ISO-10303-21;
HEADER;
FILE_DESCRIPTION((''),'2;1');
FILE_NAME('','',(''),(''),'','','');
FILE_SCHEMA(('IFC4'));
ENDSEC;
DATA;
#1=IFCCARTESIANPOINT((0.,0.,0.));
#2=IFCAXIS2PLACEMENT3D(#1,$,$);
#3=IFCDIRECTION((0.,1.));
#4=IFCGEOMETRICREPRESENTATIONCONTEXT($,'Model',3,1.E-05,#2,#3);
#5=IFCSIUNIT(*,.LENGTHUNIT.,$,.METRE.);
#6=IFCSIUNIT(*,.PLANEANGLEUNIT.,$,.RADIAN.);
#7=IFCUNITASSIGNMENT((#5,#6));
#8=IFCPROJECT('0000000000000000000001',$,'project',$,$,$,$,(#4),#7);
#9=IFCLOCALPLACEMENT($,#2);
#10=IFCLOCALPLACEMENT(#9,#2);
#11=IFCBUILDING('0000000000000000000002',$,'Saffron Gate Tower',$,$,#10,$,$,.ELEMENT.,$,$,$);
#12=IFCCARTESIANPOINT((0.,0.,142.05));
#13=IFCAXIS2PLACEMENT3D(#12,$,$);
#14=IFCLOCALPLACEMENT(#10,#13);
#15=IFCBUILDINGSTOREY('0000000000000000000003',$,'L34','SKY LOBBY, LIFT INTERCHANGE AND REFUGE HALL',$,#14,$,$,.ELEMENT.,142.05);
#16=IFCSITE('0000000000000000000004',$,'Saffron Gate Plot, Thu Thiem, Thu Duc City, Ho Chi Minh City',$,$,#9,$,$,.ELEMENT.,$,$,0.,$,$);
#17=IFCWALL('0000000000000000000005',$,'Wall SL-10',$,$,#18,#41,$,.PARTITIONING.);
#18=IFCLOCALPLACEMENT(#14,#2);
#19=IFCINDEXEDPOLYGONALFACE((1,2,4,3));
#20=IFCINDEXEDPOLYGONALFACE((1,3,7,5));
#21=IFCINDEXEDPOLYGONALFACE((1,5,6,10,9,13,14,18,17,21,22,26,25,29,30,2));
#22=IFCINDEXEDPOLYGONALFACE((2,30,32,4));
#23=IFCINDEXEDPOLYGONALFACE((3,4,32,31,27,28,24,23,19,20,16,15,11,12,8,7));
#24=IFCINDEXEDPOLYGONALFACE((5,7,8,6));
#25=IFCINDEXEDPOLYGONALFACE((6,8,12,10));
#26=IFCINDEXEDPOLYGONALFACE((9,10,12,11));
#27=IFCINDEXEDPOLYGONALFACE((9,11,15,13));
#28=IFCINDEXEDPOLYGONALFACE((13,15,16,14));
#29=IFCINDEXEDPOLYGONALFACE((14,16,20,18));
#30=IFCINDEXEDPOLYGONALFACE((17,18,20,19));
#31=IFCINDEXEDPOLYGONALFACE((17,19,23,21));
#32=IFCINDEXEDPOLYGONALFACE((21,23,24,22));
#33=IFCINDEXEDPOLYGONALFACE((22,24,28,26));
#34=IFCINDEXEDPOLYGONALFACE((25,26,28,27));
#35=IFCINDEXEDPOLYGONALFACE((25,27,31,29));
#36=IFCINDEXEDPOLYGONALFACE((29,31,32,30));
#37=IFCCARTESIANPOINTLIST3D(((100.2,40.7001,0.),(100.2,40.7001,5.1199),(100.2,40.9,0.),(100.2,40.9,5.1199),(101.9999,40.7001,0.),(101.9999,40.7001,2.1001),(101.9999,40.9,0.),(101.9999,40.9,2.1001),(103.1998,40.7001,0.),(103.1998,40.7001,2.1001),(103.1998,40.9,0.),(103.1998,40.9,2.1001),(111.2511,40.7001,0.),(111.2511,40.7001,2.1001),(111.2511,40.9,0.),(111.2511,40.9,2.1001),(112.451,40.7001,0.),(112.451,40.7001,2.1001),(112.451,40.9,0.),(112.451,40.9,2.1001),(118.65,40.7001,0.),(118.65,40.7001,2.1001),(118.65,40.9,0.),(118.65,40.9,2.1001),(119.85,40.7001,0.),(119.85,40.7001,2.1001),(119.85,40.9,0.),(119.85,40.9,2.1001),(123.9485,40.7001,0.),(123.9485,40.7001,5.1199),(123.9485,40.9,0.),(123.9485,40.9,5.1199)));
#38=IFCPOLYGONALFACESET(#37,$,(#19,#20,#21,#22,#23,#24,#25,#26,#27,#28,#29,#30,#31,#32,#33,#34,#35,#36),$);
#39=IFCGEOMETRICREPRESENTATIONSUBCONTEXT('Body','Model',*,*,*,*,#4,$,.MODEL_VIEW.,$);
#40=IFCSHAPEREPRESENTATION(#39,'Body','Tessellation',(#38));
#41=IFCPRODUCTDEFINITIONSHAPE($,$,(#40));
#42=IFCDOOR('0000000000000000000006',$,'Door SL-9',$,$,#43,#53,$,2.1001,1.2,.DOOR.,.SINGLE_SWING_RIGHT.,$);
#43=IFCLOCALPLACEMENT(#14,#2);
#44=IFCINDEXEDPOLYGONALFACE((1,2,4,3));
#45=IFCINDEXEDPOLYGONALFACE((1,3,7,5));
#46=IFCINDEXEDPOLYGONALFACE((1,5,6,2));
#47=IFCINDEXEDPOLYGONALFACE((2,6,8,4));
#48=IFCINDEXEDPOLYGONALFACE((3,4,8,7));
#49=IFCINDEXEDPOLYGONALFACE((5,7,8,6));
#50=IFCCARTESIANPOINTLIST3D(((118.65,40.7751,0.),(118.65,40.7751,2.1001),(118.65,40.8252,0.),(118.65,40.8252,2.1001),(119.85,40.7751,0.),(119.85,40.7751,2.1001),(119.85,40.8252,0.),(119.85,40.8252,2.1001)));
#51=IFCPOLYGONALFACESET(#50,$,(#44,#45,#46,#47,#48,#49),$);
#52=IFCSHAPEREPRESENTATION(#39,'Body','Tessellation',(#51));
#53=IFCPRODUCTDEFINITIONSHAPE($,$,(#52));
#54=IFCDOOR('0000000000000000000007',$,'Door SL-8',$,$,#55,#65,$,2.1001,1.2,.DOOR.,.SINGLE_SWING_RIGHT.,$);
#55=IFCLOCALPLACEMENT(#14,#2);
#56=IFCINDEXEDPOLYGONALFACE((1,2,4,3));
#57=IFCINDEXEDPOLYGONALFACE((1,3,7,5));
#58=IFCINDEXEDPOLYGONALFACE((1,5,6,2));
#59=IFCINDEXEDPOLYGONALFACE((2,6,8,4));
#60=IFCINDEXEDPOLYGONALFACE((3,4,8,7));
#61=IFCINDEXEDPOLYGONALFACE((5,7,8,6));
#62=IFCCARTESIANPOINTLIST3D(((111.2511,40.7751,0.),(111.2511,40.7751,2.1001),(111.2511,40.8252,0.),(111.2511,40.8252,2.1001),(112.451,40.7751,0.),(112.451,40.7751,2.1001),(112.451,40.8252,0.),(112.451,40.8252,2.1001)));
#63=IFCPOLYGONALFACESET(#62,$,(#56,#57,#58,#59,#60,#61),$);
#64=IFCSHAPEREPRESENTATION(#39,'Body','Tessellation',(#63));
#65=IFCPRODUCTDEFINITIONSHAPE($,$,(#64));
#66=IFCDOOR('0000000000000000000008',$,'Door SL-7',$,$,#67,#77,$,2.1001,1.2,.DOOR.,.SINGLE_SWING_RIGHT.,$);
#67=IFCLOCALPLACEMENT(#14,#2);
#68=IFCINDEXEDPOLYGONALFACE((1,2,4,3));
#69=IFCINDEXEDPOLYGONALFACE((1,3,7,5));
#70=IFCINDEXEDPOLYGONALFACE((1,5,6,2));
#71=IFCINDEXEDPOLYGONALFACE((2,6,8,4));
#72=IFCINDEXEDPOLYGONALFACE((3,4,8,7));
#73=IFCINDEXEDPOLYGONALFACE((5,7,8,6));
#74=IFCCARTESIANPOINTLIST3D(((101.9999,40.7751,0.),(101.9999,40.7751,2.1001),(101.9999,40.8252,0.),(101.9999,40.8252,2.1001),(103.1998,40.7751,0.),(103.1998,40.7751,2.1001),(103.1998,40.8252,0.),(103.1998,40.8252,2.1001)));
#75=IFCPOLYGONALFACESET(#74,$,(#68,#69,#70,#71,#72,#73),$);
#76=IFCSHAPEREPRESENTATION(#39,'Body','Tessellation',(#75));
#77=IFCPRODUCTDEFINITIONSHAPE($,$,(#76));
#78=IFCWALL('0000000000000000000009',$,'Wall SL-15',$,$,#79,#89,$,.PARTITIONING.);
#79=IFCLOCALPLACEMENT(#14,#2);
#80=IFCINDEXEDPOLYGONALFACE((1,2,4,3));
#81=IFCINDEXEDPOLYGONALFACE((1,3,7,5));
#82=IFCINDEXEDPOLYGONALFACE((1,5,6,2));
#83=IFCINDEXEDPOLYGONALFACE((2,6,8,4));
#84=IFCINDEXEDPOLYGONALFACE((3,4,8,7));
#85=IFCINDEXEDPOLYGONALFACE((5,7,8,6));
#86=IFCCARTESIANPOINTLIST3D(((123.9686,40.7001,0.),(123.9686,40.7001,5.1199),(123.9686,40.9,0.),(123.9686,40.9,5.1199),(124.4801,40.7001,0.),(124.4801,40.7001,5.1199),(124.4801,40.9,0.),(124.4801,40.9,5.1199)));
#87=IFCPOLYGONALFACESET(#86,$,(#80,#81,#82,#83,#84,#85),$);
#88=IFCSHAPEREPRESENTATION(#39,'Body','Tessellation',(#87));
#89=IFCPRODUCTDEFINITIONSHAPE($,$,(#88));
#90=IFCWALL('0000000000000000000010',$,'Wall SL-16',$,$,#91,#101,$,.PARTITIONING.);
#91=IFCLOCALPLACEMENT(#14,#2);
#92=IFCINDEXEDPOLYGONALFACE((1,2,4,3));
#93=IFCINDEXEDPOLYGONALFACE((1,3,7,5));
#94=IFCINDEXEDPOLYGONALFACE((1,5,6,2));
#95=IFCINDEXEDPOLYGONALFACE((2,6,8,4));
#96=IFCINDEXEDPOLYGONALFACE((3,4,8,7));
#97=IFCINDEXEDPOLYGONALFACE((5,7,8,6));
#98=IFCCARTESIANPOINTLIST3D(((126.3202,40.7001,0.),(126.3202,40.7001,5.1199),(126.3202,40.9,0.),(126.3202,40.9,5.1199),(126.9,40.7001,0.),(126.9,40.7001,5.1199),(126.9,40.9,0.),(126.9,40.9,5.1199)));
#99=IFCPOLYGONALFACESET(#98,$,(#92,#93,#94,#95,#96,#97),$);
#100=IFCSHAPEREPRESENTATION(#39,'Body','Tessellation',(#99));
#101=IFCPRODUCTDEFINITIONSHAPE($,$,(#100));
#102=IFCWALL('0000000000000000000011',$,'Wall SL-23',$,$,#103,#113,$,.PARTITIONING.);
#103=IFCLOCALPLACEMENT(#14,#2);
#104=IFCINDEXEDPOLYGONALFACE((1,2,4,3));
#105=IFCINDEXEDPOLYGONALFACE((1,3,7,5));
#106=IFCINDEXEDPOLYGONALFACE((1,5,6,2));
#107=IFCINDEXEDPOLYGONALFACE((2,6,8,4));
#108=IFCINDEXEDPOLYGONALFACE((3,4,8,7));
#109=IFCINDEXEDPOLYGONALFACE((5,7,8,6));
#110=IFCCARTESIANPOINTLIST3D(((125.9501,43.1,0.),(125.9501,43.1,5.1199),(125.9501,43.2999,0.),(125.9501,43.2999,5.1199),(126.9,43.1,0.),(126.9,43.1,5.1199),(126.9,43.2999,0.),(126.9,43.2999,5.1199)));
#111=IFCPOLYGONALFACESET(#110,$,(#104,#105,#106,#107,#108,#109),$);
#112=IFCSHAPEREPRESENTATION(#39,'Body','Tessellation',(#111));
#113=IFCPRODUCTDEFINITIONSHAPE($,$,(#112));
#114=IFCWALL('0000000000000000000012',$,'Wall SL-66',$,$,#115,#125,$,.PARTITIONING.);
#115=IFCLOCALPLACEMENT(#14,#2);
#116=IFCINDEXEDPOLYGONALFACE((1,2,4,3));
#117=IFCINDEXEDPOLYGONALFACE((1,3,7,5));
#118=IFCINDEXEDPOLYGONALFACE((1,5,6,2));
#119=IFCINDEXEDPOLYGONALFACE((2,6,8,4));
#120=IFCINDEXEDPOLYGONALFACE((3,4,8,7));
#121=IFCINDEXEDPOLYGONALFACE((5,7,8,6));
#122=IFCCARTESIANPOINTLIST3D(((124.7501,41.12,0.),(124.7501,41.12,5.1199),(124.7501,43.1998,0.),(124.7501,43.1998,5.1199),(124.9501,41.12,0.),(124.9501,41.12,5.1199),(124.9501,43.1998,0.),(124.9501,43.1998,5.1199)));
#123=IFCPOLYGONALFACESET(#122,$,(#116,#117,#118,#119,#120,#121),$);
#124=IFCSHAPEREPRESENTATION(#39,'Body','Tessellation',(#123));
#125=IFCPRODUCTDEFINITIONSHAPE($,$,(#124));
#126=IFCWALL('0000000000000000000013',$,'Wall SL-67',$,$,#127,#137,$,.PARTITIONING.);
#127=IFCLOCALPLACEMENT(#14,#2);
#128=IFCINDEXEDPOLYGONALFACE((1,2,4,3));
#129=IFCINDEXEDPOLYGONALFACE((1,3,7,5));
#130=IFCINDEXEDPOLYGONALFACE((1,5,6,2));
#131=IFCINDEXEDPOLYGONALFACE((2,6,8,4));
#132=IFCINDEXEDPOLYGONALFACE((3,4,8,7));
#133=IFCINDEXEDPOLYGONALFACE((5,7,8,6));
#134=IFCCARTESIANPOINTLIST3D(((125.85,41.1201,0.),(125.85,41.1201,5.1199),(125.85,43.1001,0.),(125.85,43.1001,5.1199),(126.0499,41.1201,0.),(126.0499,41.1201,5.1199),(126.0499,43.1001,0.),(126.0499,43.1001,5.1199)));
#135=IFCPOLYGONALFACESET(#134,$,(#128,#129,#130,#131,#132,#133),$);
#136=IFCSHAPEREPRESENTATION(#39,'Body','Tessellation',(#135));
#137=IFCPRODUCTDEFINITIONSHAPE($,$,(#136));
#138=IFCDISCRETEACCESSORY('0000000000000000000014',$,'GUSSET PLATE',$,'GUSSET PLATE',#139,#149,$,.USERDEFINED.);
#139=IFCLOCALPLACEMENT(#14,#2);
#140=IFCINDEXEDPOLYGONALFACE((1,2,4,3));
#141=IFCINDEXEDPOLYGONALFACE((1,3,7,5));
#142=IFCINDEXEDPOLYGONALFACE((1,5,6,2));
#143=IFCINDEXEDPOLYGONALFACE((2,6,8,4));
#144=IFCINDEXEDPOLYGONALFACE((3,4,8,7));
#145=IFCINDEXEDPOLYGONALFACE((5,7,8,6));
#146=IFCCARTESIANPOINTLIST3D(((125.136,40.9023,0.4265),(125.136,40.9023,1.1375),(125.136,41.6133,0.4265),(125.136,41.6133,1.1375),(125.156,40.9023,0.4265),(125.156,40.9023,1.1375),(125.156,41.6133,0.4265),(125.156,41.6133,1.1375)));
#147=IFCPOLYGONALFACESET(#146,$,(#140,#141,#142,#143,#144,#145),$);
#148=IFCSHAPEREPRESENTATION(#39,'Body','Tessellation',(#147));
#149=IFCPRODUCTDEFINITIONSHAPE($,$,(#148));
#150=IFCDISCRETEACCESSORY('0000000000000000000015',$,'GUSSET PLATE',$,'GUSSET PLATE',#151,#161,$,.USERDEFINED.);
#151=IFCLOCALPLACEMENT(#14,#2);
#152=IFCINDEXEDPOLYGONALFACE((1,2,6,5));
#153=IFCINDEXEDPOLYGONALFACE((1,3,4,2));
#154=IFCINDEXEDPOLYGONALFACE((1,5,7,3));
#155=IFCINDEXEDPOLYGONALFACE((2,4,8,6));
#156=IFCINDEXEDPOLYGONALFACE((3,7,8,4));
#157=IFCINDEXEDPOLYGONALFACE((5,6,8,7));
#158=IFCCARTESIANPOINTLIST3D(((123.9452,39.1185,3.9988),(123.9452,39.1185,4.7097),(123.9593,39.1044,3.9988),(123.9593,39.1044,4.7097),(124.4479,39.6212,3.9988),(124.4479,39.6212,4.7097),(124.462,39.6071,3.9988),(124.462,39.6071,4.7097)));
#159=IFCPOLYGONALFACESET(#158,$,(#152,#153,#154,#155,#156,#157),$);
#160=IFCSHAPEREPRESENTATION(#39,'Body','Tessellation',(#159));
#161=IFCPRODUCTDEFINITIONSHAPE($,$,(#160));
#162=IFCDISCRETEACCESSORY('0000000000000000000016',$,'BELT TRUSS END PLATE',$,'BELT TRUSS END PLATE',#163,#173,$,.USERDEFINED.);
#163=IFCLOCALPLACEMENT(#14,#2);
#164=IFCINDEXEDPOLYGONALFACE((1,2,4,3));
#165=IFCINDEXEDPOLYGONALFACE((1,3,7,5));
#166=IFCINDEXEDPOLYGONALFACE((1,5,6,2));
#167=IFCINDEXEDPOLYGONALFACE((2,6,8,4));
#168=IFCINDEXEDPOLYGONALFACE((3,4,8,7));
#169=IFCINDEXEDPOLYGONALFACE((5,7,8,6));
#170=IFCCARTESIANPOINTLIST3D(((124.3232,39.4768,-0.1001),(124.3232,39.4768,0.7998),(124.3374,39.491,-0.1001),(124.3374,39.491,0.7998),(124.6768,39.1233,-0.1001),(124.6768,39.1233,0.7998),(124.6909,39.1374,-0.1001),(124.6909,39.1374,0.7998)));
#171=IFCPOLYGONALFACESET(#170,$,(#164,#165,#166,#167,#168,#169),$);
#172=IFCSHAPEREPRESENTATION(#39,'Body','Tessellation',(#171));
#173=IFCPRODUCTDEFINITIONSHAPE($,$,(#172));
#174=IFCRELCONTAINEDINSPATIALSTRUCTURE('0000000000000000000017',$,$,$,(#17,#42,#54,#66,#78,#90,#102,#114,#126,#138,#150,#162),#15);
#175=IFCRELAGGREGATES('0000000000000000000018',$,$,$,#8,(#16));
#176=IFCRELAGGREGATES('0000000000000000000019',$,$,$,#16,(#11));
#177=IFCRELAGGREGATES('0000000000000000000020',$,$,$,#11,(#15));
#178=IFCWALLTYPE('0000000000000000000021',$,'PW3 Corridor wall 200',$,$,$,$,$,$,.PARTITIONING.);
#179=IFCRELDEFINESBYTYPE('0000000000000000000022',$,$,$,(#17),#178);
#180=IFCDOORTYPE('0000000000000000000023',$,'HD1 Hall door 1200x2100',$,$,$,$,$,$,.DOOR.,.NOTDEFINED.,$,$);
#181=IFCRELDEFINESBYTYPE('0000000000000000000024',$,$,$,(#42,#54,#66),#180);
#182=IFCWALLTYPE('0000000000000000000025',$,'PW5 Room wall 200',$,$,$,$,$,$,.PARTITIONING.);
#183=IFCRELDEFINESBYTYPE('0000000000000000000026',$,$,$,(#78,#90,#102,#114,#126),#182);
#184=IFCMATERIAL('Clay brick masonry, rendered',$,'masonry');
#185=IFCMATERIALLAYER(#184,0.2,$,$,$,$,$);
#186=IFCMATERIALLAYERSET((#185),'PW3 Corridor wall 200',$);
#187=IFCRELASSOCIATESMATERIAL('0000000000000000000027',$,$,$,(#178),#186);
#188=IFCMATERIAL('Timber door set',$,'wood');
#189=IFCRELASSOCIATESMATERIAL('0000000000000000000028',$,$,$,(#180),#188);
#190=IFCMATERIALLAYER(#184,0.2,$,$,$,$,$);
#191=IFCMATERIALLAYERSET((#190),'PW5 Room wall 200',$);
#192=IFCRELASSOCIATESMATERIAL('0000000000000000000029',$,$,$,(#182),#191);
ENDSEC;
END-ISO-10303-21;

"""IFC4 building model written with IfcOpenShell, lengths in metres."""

from ifc_helpers import new_model, si_unit, direction, frame, frame_2d, origin, origin_2d, place, context, subcontext, project, spatial, rectangle, extrude, material, layer, layer_set, type_object, element, fill, save


model = new_model("IFC4")

# Units and contexts
model_context = context("Model", 3, precision=1e-05, world=origin(), true_north=direction((0.0, 1.0)))
body_context = subcontext(model_context, "Body", "Model", "MODEL_VIEW")
ifc_project = project(units=[si_unit("LENGTHUNIT", "METRE"), si_unit("PLANEANGLEUNIT", "RADIAN")], contexts=[model_context])

# Site, building, storey
site_placement = place(None, origin())
site = spatial("IfcSite", under=ifc_project, at=site_placement, Name="Saffron Gate Plot, Thu Thiem, Thu Duc City, Ho Chi Minh City", CompositionType="ELEMENT", RefElevation=0.0)
building_placement = place(site_placement, origin())
building = spatial("IfcBuilding", under=site, at=building_placement, Name="Saffron Gate Tower", CompositionType="ELEMENT")
storey_placement = place(building_placement, frame((0.0, 0.0, 142.05)))
storey = spatial("IfcBuildingStorey", under=building, at=storey_placement, Name="L34", Description="SKY LOBBY, LIFT INTERCHANGE AND REFUGE HALL", CompositionType="ELEMENT", Elevation=142.05)

# Wall, openings, doors
ifc_material_1 = material(Name="Clay brick masonry, rendered", Category="masonry")
ifc_layer_1 = layer(ifc_material_1, 0.2)
ifc_layer_set_1 = layer_set([ifc_layer_1], Name="PW3 Corridor wall 200")
wall_type_1 = type_object("IfcWallType", Name="PW3 Corridor wall 200", PredefinedType="PARTITIONING", material=ifc_layer_set_1)
wall_1_placement = place(storey_placement, frame((123.9485, 40.8, 0.0), z_axis=(0.0, 0.0, 1.0), x_axis=(-1.0, 0.0, 0.0)))
wall_1 = element("IfcWall", 1, at=wall_1_placement, inside=storey, type_object=wall_type_1, Name="Wall SL-10", PredefinedType="PARTITIONING", context=body_context, shape_type="SweptSolid", body=[
    extrude(rectangle(XDim=23.7485, YDim=0.2, at=frame_2d((11.8743, 0.0))), origin(), (0.0, 0.0, 1.0), 5.1199),
])
opening_1_placement = place(wall_1_placement, frame((4.0984, 0.0, 0.0)))
opening_1 = element("IfcOpeningElement", 2, at=opening_1_placement, cuts=wall_1, PredefinedType="OPENING", context=body_context, shape_type="SweptSolid", body=[
    extrude(rectangle(XDim=1.2, YDim=2.1001, at=frame_2d((0.6001, 1.05))), frame((0.0, 0.1099, 0.0), z_axis=(0.0, -1.0, 0.0), x_axis=(1.0, 0.0, 0.0)), (0.0, 0.0, 1.0), 0.22),
])
opening_2_placement = place(wall_1_placement, frame((11.4973, 0.0, 0.0)))
opening_2 = element("IfcOpeningElement", 3, at=opening_2_placement, cuts=wall_1, PredefinedType="OPENING", context=body_context, shape_type="SweptSolid", body=[
    extrude(rectangle(XDim=1.2, YDim=2.1001, at=frame_2d((0.6001, 1.05))), frame((0.0, 0.1099, 0.0), z_axis=(0.0, -1.0, 0.0), x_axis=(1.0, 0.0, 0.0)), (0.0, 0.0, 1.0), 0.22),
])
opening_3_placement = place(wall_1_placement, frame((20.7485, 0.0, 0.0)))
opening_3 = element("IfcOpeningElement", 4, at=opening_3_placement, cuts=wall_1, PredefinedType="OPENING", context=body_context, shape_type="SweptSolid", body=[
    extrude(rectangle(XDim=1.2, YDim=2.1001, at=frame_2d((0.6001, 1.05))), frame((0.0, 0.1099, 0.0), z_axis=(0.0, -1.0, 0.0), x_axis=(1.0, 0.0, 0.0)), (0.0, 0.0, 1.0), 0.22),
])
ifc_material_2 = material(Name="Timber door set", Category="wood")
door_type = type_object("IfcDoorType", Name="HD1 Hall door 1200x2100", OperationType="NOTDEFINED", PredefinedType="DOOR", material=ifc_material_2)
door_1_placement = place(opening_1_placement, origin())
door_1 = element("IfcDoor", 5, at=door_1_placement, inside=storey, type_object=door_type, Name="Door SL-9", OperationType="SINGLE_SWING_RIGHT", OverallHeight=2.1001, OverallWidth=1.2, PredefinedType="DOOR", context=body_context, shape_type="SweptSolid", body=[
    extrude(rectangle(XDim=1.2, YDim=2.1001, at=frame_2d((0.6001, 1.05))), frame((0.0, 0.0249, 0.0), z_axis=(0.0, -1.0, 0.0), x_axis=(1.0, 0.0, 0.0)), (0.0, 0.0, 1.0), 0.05),
])
fill(opening_1, door_1)
door_2_placement = place(opening_2_placement, origin())
door_2 = element("IfcDoor", 6, at=door_2_placement, inside=storey, type_object=door_type, Name="Door SL-8", OperationType="SINGLE_SWING_RIGHT", OverallHeight=2.1001, OverallWidth=1.2, PredefinedType="DOOR", context=body_context, shape_type="SweptSolid", body=[
    extrude(rectangle(XDim=1.2, YDim=2.1001, at=frame_2d((0.6001, 1.05))), frame((0.0, 0.0249, 0.0), z_axis=(0.0, -1.0, 0.0), x_axis=(1.0, 0.0, 0.0)), (0.0, 0.0, 1.0), 0.05),
])
fill(opening_2, door_2)
door_3_placement = place(opening_3_placement, origin())
door_3 = element("IfcDoor", 7, at=door_3_placement, inside=storey, type_object=door_type, Name="Door SL-7", OperationType="SINGLE_SWING_RIGHT", OverallHeight=2.1001, OverallWidth=1.2, PredefinedType="DOOR", context=body_context, shape_type="SweptSolid", body=[
    extrude(rectangle(XDim=1.2, YDim=2.1001, at=frame_2d((0.6001, 1.05))), frame((0.0, 0.0249, 0.0), z_axis=(0.0, -1.0, 0.0), x_axis=(1.0, 0.0, 0.0)), (0.0, 0.0, 1.0), 0.05),
])
fill(opening_3, door_3)

# Walls
ifc_layer_2 = layer(ifc_material_1, 0.2)
ifc_layer_set_2 = layer_set([ifc_layer_2], Name="PW5 Room wall 200")
wall_type_2 = type_object("IfcWallType", Name="PW5 Room wall 200", PredefinedType="PARTITIONING", material=ifc_layer_set_2)
wall_2_placement = place(storey_placement, frame((123.9685, 40.8, 0.0), z_axis=(0.0, 0.0, 1.0), x_axis=(1.0, 0.0, 0.0)))
element("IfcWall", 8, at=wall_2_placement, inside=storey, type_object=wall_type_2, Name="Wall SL-15", PredefinedType="PARTITIONING", context=body_context, shape_type="SweptSolid", body=[
    extrude(rectangle(XDim=0.5115, YDim=0.2, at=frame_2d((0.2559, 0.0))), origin(), (0.0, 0.0, 1.0), 5.1199),
])
wall_3_placement = place(storey_placement, frame((126.3201, 40.8, 0.0), z_axis=(0.0, 0.0, 1.0), x_axis=(1.0, 0.0, 0.0)))
element("IfcWall", 9, at=wall_3_placement, inside=storey, type_object=wall_type_2, Name="Wall SL-16", PredefinedType="PARTITIONING", context=body_context, shape_type="SweptSolid", body=[
    extrude(rectangle(XDim=0.5798, YDim=0.2, at=frame_2d((0.29, 0.0))), origin(), (0.0, 0.0, 1.0), 5.1199),
])
wall_4_placement = place(storey_placement, frame((125.95, 43.2, 0.0), z_axis=(0.0, 0.0, 1.0), x_axis=(1.0, 0.0, 0.0)))
element("IfcWall", 10, at=wall_4_placement, inside=storey, type_object=wall_type_2, Name="Wall SL-23", PredefinedType="PARTITIONING", context=body_context, shape_type="SweptSolid", body=[
    extrude(rectangle(XDim=0.95, YDim=0.2, at=frame_2d((0.4751, 0.0))), origin(), (0.0, 0.0, 1.0), 5.1199),
])
wall_5_placement = place(storey_placement, frame((124.8501, 43.2, 0.0), z_axis=(0.0, 0.0, 1.0), x_axis=(0.0, -1.0, 0.0)))
element("IfcWall", 11, at=wall_5_placement, inside=storey, type_object=wall_type_2, Name="Wall SL-66", PredefinedType="PARTITIONING", context=body_context, shape_type="SweptSolid", body=[
    extrude(rectangle(XDim=2.0798, YDim=0.2, at=frame_2d((1.04, 0.0))), origin(), (0.0, 0.0, 1.0), 5.1199),
])
wall_6_placement = place(storey_placement, frame((125.95, 43.1001, 0.0), z_axis=(0.0, 0.0, 1.0), x_axis=(0.0, -1.0, 0.0)))
element("IfcWall", 12, at=wall_6_placement, inside=storey, type_object=wall_type_2, Name="Wall SL-67", PredefinedType="PARTITIONING", context=body_context, shape_type="SweptSolid", body=[
    extrude(rectangle(XDim=1.98, YDim=0.2, at=frame_2d((0.99, 0.0))), origin(), (0.0, 0.0, 1.0), 5.1199),
])

# Discrete accessories
for number, where, z_axis, x_axis, name in (
    (13, (125.146, 41.2578, 0.4265), (0.0, 0.0, 1.0), (0.0, 1.0, 0.0), "GUSSET PLATE"),
    (14, (124.2036, 39.3628, 3.9988), (0.0, 0.0, 1.0), (0.707107, 0.707107, 0.0), "GUSSET PLATE"),
):
    element("IfcDiscreteAccessory", number, at=place(storey_placement, frame(where, z_axis=z_axis, x_axis=x_axis)), inside=storey, Name=name, ObjectType="GUSSET PLATE", PredefinedType="USERDEFINED", context=body_context, shape_type="SweptSolid", body=[
        extrude(rectangle(XDim=0.7109, YDim=0.02, at=origin_2d()), origin(), (0.0, 0.0, 1.0), 0.7109),
    ])
discrete_accessory_placement = place(storey_placement, frame((124.5071, 39.3071, -0.1001), z_axis=(0.0, 0.0, 1.0), x_axis=(0.707107, 0.707107, 0.0)))
element("IfcDiscreteAccessory", 15, at=discrete_accessory_placement, inside=storey, Name="BELT TRUSS END PLATE", ObjectType="BELT TRUSS END PLATE", PredefinedType="USERDEFINED", context=body_context, shape_type="SweptSolid", body=[
    extrude(rectangle(XDim=0.02, YDim=0.5, at=origin_2d()), origin(), (0.0, 0.0, 1.0), 0.8999),
])

save(model, "model.ifc")
